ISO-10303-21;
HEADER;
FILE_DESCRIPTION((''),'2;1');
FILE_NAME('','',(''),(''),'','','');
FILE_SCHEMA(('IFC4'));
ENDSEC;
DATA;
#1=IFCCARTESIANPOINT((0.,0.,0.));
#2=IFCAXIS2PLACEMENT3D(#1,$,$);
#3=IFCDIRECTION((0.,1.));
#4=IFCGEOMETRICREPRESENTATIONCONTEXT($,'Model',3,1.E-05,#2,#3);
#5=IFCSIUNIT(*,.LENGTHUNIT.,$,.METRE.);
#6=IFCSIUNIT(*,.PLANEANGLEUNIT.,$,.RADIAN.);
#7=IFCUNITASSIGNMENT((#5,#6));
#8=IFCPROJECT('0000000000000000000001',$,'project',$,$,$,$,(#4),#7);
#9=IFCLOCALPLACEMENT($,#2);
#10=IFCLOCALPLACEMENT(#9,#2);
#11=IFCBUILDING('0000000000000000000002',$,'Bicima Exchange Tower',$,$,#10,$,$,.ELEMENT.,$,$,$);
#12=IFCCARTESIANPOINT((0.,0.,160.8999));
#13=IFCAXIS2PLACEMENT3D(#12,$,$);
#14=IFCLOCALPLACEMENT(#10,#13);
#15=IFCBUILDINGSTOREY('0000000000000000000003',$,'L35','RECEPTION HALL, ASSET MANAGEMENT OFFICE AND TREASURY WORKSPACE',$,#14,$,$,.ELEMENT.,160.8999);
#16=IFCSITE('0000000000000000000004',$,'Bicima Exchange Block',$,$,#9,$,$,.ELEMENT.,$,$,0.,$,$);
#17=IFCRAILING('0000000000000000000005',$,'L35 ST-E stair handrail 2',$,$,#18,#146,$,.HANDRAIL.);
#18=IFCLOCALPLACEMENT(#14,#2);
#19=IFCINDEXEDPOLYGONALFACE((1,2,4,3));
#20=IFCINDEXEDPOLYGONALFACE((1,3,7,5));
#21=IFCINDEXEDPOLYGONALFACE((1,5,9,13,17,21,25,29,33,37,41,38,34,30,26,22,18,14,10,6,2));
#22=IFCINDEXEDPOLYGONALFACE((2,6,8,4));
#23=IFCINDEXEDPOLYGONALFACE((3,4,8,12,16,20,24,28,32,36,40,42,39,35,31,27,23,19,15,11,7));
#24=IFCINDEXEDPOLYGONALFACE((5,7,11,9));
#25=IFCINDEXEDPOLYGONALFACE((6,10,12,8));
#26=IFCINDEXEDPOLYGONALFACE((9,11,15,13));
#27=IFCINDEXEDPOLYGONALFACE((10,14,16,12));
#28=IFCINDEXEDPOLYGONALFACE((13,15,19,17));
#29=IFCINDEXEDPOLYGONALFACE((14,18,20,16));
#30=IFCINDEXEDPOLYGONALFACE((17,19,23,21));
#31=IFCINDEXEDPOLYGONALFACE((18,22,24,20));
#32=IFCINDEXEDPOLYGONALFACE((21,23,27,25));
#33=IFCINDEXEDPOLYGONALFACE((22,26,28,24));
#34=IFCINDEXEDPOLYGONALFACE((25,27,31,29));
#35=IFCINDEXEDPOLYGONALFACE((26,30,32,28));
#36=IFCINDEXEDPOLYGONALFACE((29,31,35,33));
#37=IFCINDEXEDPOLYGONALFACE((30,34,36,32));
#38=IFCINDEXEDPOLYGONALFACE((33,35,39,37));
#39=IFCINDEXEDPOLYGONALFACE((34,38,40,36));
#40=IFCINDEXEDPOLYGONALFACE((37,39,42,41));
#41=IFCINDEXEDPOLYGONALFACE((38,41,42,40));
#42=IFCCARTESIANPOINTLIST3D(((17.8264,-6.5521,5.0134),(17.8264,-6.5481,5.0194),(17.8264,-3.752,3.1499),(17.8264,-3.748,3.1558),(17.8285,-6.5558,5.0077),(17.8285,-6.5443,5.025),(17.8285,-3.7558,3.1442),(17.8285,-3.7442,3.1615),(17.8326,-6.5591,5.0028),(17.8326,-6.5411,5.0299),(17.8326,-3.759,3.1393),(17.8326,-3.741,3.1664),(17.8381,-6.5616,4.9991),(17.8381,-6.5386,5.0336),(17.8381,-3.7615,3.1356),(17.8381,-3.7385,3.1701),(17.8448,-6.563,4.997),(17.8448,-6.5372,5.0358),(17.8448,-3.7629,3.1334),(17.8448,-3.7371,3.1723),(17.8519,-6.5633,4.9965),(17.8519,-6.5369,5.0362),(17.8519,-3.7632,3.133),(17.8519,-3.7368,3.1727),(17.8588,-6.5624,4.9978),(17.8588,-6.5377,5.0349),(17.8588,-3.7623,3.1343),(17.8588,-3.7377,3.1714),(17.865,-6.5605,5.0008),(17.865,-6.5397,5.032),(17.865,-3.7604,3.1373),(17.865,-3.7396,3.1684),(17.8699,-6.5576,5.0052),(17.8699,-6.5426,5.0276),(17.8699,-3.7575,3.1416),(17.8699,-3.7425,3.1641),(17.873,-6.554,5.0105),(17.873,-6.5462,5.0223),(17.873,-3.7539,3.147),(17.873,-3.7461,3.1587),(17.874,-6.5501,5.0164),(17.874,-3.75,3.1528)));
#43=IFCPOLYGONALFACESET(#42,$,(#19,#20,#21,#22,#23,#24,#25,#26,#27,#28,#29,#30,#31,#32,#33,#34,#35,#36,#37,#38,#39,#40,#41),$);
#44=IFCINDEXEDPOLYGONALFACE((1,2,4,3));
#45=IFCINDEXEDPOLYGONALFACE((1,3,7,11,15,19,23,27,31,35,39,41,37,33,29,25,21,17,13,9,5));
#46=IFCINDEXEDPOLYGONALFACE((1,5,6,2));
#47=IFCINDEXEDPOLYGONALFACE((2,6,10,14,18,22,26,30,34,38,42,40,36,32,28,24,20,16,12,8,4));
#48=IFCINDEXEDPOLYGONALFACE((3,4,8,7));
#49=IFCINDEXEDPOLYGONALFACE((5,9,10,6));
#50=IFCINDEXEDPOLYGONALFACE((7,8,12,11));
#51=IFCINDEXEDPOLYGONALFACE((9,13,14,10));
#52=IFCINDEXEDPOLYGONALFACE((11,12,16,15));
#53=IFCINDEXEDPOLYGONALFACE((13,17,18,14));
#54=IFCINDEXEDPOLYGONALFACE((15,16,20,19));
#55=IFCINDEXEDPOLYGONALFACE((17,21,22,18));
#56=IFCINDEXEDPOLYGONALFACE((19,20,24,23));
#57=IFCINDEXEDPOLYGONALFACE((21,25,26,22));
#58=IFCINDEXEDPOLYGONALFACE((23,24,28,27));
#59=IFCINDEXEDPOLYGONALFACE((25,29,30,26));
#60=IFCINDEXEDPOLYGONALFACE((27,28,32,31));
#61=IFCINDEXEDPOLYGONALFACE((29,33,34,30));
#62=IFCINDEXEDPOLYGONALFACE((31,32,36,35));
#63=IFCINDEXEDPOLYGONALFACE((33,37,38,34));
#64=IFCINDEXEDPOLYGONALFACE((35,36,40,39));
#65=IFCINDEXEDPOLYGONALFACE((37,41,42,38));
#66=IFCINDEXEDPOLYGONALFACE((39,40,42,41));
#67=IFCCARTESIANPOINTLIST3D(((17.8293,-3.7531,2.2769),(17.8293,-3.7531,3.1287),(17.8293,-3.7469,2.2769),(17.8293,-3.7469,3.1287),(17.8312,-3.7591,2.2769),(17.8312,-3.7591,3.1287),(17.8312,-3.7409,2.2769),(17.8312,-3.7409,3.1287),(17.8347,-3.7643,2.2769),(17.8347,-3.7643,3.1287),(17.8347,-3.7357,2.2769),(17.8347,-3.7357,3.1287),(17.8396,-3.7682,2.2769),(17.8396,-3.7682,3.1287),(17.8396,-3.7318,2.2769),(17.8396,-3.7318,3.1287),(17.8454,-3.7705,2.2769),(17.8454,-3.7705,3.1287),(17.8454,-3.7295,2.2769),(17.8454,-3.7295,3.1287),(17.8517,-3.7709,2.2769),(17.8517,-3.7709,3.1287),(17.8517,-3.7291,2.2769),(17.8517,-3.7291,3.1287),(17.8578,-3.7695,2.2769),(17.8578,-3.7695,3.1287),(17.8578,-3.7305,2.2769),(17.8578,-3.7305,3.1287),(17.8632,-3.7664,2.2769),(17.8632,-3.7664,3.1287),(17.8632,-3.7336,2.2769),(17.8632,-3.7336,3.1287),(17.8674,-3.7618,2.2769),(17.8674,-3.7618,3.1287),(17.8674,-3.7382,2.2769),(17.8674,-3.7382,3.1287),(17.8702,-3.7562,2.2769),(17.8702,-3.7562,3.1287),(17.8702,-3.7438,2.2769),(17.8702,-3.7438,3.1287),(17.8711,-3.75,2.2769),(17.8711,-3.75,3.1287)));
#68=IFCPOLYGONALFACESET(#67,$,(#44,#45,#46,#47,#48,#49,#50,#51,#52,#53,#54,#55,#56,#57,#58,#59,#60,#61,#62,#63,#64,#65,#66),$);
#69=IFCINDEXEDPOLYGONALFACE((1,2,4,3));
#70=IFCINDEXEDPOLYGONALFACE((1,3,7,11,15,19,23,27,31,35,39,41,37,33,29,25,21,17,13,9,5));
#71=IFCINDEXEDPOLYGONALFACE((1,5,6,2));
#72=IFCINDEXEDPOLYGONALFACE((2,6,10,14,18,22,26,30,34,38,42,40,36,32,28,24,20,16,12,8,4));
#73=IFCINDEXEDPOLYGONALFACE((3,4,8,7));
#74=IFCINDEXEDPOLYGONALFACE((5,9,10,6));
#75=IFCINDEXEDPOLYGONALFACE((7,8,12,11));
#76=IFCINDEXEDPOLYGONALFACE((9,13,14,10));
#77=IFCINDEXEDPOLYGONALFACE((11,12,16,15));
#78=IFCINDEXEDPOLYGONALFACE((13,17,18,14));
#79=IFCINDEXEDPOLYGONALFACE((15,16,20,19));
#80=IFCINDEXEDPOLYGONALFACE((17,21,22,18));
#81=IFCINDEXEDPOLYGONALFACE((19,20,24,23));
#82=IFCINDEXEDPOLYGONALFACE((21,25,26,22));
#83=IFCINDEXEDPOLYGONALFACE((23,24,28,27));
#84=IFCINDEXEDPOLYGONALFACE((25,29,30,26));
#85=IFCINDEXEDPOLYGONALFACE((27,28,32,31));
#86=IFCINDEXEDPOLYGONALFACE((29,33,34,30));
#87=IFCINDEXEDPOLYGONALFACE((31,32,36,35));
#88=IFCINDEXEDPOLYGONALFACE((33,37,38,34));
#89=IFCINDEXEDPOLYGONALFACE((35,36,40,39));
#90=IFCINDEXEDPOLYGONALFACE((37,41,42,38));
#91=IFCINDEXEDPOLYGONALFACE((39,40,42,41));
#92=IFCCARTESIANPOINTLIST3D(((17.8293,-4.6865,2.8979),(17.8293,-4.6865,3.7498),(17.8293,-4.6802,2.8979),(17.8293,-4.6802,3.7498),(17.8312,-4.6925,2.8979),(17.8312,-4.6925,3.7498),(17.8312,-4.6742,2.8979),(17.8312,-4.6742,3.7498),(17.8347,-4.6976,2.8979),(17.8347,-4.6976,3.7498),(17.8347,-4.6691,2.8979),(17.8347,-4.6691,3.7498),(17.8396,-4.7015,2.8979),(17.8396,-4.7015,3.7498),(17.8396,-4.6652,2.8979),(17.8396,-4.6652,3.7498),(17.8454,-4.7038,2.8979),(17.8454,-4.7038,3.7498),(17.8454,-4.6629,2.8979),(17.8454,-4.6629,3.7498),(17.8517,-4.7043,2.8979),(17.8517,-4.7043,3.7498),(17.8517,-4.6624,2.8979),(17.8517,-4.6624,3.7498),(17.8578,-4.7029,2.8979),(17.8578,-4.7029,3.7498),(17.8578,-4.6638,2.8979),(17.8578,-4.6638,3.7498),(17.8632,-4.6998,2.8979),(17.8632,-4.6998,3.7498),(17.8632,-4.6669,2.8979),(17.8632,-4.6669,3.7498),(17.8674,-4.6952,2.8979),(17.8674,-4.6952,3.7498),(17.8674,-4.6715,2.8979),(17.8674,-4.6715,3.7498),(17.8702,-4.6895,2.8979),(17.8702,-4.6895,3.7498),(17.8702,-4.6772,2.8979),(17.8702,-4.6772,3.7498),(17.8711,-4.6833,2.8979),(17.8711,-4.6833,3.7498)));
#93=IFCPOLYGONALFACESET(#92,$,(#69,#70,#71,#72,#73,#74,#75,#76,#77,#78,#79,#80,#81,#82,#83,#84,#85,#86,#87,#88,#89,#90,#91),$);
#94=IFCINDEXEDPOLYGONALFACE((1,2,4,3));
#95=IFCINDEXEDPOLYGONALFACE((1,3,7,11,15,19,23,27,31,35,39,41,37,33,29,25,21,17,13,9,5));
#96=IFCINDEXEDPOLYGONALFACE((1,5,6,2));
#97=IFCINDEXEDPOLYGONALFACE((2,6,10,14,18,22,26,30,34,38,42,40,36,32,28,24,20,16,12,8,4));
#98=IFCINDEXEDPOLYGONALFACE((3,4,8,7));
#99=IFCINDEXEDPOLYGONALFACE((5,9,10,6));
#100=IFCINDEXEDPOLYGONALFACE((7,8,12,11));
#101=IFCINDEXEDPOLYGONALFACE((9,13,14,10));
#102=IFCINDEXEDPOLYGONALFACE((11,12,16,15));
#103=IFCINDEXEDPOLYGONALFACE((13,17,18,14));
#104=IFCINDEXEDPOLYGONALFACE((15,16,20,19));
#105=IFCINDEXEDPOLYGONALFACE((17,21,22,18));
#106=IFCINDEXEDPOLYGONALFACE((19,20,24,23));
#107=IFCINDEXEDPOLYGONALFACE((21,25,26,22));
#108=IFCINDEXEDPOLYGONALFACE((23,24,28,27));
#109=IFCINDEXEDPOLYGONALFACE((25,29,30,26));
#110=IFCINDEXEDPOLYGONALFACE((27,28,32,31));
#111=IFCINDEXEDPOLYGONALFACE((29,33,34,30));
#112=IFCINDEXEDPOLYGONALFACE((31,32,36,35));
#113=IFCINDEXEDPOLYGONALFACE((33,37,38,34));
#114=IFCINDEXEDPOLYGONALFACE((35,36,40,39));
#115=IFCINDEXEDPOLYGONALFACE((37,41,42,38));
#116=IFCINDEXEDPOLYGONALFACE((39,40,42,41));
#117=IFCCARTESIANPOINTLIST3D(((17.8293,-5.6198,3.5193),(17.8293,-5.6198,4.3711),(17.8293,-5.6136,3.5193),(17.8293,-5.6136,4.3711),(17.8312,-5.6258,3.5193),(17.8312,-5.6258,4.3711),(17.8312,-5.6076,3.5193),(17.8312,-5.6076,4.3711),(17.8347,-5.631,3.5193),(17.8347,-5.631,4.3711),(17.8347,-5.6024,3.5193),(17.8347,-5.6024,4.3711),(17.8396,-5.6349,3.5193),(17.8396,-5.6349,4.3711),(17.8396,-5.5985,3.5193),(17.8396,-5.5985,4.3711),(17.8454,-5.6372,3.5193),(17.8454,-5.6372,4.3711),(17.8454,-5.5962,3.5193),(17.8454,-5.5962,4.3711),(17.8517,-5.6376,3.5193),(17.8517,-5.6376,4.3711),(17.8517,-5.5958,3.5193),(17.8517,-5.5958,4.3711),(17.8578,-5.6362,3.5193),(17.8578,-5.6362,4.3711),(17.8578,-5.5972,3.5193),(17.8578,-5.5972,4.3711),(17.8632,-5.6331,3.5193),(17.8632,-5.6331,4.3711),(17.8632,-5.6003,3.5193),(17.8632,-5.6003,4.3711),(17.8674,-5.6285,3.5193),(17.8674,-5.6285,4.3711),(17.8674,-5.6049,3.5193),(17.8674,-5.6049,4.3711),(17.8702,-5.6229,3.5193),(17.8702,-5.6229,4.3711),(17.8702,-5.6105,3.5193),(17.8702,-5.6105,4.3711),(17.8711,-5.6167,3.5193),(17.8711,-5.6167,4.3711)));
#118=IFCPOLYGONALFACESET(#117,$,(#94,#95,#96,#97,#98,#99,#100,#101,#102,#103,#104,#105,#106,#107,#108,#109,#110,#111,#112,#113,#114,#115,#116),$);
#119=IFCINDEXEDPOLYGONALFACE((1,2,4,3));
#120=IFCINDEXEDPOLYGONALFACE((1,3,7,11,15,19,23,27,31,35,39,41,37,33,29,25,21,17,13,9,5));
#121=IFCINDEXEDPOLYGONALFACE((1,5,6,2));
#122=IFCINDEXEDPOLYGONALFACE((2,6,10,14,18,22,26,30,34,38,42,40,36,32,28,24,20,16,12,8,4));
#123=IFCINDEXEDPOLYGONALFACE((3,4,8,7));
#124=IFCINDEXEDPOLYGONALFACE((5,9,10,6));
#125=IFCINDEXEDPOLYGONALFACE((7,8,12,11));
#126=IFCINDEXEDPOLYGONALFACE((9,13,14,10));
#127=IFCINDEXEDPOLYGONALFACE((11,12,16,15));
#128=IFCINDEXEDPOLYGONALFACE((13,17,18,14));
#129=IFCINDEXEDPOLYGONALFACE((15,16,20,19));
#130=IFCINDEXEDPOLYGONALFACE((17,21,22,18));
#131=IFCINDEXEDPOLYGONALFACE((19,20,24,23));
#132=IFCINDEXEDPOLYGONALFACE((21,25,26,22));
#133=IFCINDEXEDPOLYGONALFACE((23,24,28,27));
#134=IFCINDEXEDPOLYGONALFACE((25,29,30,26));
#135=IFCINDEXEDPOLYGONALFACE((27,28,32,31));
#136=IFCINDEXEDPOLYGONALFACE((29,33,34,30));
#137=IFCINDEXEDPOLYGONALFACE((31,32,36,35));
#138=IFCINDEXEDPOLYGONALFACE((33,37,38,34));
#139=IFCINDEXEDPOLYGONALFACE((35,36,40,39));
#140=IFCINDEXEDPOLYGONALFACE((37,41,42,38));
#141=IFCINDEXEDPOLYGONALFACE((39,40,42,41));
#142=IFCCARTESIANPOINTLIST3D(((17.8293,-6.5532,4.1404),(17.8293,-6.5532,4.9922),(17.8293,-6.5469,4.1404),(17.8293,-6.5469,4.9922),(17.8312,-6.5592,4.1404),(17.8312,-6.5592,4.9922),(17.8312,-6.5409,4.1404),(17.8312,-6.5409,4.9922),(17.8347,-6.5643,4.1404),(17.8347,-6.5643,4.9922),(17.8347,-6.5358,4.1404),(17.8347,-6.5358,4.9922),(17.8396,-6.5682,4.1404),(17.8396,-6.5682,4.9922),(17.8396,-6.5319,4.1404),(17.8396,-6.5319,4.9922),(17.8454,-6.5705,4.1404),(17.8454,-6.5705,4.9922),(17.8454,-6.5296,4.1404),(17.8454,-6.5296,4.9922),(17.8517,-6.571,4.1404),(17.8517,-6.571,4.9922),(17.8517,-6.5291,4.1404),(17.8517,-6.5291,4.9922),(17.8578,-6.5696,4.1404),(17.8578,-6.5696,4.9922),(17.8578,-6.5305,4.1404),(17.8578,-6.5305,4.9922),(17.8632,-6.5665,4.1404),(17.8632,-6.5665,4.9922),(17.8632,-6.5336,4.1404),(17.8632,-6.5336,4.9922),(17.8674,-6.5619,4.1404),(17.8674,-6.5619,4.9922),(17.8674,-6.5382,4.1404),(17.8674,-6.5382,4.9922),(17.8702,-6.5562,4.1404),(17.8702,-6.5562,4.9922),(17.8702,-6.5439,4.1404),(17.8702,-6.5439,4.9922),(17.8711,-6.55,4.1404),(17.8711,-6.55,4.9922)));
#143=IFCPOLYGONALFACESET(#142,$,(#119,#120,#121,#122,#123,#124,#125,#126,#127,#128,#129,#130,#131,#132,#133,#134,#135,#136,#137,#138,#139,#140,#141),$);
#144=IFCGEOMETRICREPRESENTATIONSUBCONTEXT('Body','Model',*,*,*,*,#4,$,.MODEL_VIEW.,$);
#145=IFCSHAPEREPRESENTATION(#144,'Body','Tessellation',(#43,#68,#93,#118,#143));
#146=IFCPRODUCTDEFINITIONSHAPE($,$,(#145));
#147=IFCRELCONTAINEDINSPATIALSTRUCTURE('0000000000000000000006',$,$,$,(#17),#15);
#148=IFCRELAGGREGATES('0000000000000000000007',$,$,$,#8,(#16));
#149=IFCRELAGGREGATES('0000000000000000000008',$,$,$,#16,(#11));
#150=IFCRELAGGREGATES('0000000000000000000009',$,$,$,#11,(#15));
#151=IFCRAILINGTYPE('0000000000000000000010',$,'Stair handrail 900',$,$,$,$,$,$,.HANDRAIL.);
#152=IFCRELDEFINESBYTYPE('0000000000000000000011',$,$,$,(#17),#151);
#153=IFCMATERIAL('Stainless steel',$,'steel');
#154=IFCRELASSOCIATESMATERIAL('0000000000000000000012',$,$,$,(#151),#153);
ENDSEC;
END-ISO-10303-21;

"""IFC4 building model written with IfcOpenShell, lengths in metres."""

from ifc_helpers import new_model, si_unit, direction, frame, origin, origin_2d, place, context, subcontext, project, spatial, circle, extrude, material, type_object, element, save


model = new_model("IFC4")

# Units and contexts
model_context = context("Model", 3, precision=1e-05, world=origin(), true_north=direction((0.0, 1.0)))
body_context = subcontext(model_context, "Body", "Model", "MODEL_VIEW")
ifc_project = project(units=[si_unit("LENGTHUNIT", "METRE"), si_unit("PLANEANGLEUNIT", "RADIAN")], contexts=[model_context])

# Site, building, storey
site_placement = place(None, origin())
site = spatial("IfcSite", under=ifc_project, at=site_placement, Name="Bicima Exchange Block", CompositionType="ELEMENT", RefElevation=0.0)
building_placement = place(site_placement, origin())
building = spatial("IfcBuilding", under=site, at=building_placement, Name="Bicima Exchange Tower", CompositionType="ELEMENT")
storey_placement = place(building_placement, frame((0.0, 0.0, 160.8999)))
storey = spatial("IfcBuildingStorey", under=building, at=storey_placement, Name="L35", Description="RECEPTION HALL, ASSET MANAGEMENT OFFICE AND TREASURY WORKSPACE", CompositionType="ELEMENT", Elevation=160.8999)

# Railing
ifc_material_1 = material(Name="Stainless steel", Category="steel")
railing_type_1 = type_object("IfcRailingType", Name="Stair handrail 900", PredefinedType="HANDRAIL", material=ifc_material_1)
for number, where, name in (
    (1, (17.8501, -3.75, 2.2769), "L35 ST-E stair handrail 2"),
):
    element("IfcRailing", number, at=place(storey_placement, frame(where)), inside=storey, type_object=railing_type_1, Name=name, PredefinedType="HANDRAIL", context=body_context, shape_type="SweptSolid", body=[
        extrude(circle(Radius=0.0239, at=origin_2d()), frame((0.0, 0.0, 0.876), z_axis=(0.0, -0.832486, 0.554047), x_axis=(1.0, 0.0, 0.0)), (0.0, 0.0, 1.0), 3.3635),
        extrude(circle(Radius=0.021, at=origin_2d()), origin(), (0.0, 0.0, 1.0), 0.8518),
        extrude(circle(Radius=0.021, at=origin_2d()), frame((0.0, -0.9333, 0.6211)), (0.0, 0.0, 1.0), 0.8518),
        extrude(circle(Radius=0.021, at=origin_2d()), frame((0.0, -1.8667, 1.2424)), (0.0, 0.0, 1.0), 0.8518),
        extrude(circle(Radius=0.021, at=origin_2d()), frame((0.0, -2.8, 1.8635)), (0.0, 0.0, 1.0), 0.8518),
    ])

save(model, "model.ifc")
